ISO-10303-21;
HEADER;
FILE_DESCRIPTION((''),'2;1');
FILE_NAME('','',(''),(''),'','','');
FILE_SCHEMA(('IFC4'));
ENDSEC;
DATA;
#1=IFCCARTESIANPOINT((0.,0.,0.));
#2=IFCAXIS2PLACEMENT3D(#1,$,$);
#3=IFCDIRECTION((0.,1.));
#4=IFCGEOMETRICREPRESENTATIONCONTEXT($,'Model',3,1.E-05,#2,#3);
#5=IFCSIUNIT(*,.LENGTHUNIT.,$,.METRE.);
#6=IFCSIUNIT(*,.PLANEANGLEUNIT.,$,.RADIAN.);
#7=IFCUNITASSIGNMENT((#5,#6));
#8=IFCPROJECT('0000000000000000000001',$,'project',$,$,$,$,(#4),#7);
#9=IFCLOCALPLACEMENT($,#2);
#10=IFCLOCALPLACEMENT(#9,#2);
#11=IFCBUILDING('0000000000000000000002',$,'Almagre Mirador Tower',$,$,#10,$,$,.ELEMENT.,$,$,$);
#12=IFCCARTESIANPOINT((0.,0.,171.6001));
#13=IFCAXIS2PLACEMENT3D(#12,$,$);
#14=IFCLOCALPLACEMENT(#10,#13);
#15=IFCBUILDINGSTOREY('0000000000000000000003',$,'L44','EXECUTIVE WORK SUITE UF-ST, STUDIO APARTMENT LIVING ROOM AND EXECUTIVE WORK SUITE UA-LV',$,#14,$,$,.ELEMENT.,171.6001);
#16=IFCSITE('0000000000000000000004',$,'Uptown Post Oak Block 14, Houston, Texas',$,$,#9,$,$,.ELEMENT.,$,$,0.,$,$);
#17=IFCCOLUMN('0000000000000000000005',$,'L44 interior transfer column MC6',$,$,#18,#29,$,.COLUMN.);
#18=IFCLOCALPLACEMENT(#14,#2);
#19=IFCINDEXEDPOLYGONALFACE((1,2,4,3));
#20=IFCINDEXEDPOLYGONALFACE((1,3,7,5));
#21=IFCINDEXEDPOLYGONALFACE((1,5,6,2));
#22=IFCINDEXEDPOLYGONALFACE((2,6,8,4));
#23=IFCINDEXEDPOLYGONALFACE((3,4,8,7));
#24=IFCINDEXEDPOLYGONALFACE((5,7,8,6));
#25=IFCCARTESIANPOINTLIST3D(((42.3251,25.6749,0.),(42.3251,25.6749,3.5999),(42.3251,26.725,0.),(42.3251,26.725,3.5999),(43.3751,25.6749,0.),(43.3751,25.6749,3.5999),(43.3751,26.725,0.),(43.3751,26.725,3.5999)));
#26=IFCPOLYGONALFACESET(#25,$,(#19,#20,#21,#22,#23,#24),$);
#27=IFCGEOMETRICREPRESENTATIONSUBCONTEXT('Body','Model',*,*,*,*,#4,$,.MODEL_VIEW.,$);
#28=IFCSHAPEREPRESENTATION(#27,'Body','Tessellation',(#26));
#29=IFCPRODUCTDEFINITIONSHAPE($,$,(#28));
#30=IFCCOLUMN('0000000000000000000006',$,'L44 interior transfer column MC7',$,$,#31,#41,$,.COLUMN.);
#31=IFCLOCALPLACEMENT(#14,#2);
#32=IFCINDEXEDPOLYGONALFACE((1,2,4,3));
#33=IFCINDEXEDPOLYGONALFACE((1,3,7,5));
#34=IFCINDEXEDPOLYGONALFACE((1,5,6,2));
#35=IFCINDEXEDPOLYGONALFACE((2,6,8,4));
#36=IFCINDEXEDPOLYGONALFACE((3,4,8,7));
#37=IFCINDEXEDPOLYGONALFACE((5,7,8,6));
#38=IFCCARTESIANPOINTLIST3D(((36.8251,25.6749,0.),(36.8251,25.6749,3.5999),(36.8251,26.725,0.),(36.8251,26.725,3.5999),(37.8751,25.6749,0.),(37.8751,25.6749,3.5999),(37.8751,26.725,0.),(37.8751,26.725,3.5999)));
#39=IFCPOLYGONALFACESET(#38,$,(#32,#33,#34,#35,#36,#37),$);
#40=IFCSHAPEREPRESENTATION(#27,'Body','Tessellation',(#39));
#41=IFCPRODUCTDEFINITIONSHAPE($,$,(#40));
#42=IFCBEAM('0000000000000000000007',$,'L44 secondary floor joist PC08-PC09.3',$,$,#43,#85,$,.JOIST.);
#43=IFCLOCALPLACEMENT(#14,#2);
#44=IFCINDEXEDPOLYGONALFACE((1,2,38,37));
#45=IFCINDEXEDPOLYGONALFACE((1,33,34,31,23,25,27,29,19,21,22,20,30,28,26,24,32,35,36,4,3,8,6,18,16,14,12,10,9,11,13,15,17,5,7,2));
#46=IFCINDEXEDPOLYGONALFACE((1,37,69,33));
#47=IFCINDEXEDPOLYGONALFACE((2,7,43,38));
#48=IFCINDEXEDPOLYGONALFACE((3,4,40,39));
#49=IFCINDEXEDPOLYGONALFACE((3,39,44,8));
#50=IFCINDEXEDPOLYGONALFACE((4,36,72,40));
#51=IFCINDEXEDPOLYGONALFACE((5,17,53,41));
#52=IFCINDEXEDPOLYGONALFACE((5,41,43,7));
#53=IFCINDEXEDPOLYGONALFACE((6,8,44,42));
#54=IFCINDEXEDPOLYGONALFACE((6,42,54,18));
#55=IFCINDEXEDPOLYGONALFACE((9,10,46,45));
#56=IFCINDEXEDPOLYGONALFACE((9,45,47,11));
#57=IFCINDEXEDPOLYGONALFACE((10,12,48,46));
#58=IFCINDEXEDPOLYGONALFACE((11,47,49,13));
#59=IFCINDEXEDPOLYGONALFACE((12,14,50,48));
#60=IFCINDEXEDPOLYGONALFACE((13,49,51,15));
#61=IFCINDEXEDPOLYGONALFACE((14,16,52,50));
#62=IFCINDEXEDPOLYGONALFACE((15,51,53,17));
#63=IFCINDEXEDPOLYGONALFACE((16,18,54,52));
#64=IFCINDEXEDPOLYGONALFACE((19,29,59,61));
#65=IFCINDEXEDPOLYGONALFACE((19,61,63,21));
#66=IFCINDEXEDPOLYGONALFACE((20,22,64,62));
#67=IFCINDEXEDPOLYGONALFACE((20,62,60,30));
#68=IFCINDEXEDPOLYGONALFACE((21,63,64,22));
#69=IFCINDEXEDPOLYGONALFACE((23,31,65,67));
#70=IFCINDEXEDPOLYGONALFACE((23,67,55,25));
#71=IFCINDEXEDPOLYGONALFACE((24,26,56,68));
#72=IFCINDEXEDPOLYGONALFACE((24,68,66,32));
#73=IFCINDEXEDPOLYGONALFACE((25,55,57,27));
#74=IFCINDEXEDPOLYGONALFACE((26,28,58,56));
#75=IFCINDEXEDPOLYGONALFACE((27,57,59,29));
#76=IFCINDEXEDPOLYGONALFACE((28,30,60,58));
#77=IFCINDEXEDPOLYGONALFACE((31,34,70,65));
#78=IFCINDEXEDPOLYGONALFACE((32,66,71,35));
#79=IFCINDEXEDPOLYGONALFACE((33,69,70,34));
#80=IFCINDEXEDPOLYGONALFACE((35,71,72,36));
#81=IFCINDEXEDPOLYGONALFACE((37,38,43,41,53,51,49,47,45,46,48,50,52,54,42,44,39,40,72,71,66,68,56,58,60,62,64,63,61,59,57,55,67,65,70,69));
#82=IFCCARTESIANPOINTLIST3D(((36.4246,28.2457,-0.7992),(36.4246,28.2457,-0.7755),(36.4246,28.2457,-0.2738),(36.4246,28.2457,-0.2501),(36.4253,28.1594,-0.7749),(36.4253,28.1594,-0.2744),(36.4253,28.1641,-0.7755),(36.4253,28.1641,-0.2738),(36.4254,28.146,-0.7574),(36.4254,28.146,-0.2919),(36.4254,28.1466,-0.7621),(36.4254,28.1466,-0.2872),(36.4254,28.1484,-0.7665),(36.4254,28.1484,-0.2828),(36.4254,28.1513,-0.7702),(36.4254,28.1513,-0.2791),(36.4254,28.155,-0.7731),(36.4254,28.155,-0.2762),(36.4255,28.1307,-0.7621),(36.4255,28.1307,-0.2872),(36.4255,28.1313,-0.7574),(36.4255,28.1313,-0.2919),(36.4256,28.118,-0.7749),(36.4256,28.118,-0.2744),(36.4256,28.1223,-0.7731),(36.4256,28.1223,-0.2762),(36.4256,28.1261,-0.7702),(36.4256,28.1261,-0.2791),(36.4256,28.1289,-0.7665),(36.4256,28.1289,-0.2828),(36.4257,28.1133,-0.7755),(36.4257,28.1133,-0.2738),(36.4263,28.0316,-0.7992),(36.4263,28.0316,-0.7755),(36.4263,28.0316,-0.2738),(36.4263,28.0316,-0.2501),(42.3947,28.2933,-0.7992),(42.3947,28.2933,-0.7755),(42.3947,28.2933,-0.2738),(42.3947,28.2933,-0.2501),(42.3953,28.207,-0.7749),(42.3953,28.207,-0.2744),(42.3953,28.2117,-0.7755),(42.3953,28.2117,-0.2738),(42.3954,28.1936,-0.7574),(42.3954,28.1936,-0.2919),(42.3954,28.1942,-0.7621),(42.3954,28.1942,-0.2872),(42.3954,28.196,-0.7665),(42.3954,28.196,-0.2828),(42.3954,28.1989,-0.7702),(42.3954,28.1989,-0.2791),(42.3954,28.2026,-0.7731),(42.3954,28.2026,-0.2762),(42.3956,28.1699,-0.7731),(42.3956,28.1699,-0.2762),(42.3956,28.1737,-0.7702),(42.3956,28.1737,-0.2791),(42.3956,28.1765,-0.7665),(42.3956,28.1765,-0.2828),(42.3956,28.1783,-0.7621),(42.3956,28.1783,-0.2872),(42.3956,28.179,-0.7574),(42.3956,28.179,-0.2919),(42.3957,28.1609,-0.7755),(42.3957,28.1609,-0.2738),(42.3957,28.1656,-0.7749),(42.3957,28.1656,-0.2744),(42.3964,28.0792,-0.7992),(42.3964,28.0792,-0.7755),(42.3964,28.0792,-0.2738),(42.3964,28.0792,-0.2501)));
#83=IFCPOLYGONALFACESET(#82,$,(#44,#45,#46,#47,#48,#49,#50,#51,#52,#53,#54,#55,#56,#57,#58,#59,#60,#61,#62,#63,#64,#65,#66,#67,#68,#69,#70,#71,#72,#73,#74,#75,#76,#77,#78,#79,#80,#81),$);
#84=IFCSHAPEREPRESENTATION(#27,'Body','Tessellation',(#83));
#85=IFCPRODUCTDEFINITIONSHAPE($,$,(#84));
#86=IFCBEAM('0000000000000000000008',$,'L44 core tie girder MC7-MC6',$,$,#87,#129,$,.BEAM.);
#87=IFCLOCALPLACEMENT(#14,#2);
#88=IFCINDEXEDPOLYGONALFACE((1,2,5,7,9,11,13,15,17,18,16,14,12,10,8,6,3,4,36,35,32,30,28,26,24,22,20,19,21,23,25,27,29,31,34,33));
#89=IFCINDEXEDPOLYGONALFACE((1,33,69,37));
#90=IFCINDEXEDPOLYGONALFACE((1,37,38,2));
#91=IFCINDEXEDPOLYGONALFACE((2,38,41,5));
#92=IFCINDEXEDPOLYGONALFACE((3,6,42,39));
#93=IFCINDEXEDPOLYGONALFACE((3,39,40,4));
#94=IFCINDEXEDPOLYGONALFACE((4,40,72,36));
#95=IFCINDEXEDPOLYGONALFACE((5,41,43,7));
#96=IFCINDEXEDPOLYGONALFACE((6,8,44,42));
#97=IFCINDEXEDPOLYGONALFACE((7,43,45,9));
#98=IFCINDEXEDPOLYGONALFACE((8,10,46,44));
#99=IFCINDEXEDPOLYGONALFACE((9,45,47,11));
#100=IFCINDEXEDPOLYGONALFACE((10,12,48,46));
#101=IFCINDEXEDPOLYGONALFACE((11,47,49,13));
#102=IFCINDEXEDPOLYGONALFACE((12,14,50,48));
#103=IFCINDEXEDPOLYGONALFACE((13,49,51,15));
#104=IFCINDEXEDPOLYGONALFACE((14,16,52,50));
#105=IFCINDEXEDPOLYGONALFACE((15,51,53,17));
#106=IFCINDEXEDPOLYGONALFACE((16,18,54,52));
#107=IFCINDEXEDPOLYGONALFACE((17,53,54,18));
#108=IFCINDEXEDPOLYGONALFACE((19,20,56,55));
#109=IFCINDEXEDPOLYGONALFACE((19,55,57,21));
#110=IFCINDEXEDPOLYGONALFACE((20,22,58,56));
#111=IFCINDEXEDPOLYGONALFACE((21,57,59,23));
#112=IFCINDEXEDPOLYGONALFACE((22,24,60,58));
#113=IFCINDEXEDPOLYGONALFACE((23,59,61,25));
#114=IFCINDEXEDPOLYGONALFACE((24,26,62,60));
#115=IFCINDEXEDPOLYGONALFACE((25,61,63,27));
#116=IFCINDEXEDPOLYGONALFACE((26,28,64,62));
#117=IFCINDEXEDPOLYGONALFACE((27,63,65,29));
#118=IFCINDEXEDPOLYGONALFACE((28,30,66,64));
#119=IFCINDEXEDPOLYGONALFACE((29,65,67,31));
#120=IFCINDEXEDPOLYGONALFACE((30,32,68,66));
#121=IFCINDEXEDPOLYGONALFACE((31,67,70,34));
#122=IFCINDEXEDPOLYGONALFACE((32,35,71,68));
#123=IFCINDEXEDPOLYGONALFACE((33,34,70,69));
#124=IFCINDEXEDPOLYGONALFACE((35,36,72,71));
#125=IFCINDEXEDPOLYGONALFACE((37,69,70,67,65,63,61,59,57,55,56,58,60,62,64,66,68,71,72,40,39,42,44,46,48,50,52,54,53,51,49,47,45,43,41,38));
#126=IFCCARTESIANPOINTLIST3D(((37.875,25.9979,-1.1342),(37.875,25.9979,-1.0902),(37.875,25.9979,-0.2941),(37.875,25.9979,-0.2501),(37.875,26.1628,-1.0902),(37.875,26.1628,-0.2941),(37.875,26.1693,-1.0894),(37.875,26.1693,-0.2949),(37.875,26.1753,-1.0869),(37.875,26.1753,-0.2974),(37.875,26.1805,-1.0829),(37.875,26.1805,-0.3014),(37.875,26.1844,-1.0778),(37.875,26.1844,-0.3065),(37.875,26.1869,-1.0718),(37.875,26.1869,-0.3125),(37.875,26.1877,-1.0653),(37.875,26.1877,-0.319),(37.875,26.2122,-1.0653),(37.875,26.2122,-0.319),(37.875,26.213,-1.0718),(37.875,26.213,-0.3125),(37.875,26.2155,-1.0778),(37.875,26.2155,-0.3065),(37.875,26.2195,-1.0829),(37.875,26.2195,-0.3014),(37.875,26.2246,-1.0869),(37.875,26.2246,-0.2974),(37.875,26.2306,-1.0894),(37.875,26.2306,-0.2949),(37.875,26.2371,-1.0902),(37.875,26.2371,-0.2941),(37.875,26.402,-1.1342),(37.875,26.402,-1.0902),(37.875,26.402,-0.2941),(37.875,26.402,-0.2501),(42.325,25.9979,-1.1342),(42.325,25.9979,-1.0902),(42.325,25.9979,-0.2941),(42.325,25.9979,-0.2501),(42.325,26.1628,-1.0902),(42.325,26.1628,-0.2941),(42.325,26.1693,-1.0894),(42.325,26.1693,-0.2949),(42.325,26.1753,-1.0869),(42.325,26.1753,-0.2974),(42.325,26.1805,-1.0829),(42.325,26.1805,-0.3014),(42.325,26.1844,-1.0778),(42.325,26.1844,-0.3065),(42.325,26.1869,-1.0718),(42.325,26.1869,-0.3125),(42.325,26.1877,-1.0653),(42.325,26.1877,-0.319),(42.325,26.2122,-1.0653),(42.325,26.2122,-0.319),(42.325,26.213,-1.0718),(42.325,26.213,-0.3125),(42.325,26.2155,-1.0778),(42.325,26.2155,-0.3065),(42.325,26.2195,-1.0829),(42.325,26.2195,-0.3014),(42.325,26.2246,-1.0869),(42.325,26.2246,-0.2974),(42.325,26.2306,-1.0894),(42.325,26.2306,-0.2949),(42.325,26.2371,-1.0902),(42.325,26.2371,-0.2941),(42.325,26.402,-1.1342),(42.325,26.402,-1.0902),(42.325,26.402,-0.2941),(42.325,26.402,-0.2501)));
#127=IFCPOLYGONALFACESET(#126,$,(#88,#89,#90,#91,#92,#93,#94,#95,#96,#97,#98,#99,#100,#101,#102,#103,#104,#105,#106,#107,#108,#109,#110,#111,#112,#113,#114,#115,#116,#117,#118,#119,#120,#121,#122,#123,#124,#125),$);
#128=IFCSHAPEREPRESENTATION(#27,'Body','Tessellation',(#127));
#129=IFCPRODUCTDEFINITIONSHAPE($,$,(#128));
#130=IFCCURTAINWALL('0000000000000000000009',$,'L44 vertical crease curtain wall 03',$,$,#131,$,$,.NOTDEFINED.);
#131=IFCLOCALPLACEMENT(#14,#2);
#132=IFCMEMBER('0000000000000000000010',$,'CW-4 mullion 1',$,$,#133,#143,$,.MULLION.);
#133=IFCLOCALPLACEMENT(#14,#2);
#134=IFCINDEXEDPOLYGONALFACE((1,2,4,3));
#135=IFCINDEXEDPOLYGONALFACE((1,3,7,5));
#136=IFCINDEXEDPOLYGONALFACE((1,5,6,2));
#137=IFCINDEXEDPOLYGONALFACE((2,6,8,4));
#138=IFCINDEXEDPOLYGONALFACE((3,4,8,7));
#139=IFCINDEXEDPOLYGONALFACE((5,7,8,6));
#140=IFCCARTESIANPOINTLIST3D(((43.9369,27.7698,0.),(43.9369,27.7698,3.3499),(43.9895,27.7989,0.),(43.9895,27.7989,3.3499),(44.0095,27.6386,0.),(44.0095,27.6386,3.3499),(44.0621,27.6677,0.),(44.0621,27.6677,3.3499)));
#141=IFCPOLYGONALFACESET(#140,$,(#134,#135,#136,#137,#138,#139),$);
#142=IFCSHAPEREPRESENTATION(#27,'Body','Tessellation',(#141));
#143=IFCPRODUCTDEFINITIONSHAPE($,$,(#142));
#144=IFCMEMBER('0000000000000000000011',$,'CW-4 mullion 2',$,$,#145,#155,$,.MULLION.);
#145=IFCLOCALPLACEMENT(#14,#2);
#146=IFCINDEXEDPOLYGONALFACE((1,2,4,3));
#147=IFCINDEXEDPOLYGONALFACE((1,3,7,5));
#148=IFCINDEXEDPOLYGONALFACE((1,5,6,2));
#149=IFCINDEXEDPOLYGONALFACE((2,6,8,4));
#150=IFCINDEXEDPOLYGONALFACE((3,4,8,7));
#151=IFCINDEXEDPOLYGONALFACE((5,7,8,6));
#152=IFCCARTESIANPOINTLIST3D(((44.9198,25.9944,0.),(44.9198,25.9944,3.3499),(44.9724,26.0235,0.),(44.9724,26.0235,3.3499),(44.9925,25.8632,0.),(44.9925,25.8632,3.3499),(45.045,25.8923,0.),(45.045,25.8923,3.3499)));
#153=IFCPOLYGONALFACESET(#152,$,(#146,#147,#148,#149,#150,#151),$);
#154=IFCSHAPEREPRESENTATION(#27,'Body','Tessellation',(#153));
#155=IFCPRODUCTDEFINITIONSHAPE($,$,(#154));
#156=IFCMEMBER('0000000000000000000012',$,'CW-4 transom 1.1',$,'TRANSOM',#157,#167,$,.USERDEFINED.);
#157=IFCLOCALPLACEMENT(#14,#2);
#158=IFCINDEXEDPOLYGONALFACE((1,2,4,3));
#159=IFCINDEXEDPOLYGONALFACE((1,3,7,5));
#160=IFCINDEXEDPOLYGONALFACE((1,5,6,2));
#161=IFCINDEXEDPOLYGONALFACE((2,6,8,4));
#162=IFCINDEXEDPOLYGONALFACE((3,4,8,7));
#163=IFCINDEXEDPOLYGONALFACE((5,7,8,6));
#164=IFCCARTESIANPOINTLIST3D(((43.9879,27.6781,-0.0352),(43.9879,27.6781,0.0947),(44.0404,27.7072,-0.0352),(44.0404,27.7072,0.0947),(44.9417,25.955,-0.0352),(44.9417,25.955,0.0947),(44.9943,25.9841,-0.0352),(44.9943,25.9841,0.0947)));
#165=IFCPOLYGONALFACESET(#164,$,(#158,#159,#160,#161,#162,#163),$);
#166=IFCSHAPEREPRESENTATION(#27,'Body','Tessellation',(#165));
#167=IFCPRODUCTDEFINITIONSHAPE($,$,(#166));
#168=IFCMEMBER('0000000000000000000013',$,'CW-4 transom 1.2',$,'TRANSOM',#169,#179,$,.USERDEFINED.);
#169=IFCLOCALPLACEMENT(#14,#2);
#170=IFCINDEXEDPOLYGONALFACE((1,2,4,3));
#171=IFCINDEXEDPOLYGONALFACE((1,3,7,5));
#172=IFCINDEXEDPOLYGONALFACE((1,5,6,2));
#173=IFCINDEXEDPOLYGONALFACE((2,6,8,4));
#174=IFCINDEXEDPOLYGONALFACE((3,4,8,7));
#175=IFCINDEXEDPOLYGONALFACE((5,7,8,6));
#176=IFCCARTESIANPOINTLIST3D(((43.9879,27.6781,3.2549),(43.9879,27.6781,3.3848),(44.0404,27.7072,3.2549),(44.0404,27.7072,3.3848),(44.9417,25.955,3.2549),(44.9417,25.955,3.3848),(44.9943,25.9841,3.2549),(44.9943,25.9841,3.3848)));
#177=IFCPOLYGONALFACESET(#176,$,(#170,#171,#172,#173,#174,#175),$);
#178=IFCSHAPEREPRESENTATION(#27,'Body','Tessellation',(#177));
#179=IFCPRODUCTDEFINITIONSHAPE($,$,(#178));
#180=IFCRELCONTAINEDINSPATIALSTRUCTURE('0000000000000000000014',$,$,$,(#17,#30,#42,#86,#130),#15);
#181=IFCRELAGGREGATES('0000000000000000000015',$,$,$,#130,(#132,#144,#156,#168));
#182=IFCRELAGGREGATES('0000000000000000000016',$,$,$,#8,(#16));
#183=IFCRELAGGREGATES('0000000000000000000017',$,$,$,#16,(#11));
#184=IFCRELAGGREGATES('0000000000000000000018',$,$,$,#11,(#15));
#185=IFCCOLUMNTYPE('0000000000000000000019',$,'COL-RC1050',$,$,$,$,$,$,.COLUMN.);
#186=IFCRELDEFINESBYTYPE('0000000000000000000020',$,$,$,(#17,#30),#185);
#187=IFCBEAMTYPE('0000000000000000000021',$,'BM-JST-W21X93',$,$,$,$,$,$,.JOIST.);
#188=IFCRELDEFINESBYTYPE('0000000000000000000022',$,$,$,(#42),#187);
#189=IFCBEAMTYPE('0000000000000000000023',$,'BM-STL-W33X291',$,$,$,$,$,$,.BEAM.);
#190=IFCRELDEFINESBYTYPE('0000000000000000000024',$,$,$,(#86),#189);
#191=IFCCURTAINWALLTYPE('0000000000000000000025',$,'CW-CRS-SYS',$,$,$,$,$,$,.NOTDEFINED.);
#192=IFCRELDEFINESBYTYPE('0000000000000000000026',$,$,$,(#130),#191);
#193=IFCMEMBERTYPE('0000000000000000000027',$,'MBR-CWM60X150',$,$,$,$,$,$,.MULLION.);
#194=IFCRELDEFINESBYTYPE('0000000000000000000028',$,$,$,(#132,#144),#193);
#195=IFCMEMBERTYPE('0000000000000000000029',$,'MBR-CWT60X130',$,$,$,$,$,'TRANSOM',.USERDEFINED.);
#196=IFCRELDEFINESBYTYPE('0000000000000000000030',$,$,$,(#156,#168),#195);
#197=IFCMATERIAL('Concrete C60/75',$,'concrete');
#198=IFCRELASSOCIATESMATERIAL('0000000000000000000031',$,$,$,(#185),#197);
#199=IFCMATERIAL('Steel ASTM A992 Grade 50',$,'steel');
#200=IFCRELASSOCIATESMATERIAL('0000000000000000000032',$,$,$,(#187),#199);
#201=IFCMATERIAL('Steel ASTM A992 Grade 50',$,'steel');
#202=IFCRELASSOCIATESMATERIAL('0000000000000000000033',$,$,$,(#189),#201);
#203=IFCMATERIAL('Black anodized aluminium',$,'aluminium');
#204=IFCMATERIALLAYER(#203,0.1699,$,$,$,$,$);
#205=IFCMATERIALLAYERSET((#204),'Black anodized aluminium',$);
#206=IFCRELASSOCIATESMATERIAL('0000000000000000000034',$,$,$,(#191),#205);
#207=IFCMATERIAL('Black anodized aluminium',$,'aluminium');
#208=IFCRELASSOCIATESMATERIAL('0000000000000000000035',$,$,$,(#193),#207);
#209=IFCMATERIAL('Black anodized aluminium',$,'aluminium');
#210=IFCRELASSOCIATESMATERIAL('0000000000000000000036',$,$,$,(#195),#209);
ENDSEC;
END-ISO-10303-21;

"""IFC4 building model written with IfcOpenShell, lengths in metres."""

from ifc_helpers import new_model, si_unit, direction, frame, origin, origin_2d, place, context, subcontext, project, spatial, rectangle, i_section, extrude, material, layer, layer_set, material_profile, profile_set, type_object, element, aggregate, save


model = new_model("IFC4")

# Units and contexts
model_context = context("Model", 3, precision=1e-05, world=origin(), true_north=direction((0.0, 1.0)))
body_context = subcontext(model_context, "Body", "Model", "MODEL_VIEW")
ifc_project = project(units=[si_unit("LENGTHUNIT", "METRE"), si_unit("PLANEANGLEUNIT", "RADIAN")], contexts=[model_context])

# Site, building, storey
site_placement = place(None, origin())
site = spatial("IfcSite", under=ifc_project, at=site_placement, Name="Uptown Post Oak Block 14, Houston, Texas", CompositionType="ELEMENT", RefElevation=0.0)
building_placement = place(site_placement, origin())
building = spatial("IfcBuilding", under=site, at=building_placement, Name="Almagre Mirador Tower", CompositionType="ELEMENT")
storey_placement = place(building_placement, frame((0.0, 0.0, 171.6001)))
storey = spatial("IfcBuildingStorey", under=building, at=storey_placement, Name="L44", Description="EXECUTIVE WORK SUITE UF-ST, STUDIO APARTMENT LIVING ROOM AND EXECUTIVE WORK SUITE UA-LV", CompositionType="ELEMENT", Elevation=171.6001)

# Columns
ifc_material_1 = material(Name="Concrete C60/75", Category="concrete")
ifc_material_profile_1 = material_profile(ifc_material_1, rectangle(XDim=1.05, YDim=1.05, at=origin_2d()), Name="RC1050X1050")
ifc_profile_set_1 = profile_set([ifc_material_profile_1], Name="Concrete C60/75")
column_type = type_object("IfcColumnType", Name="COL-RC1050", PredefinedType="COLUMN", material=ifc_profile_set_1)
for number, where, z_axis, x_axis, name in (
    (1, (42.8501, 26.2, 0.0), (0.0, 0.0, 1.0), (1.0, 0.0, 0.0), "L44 interior transfer column MC6"),
    (2, (37.3501, 26.2, 0.0), (0.0, 0.0, 1.0), (1.0, 0.0, 0.0), "L44 interior transfer column MC7"),
):
    element("IfcColumn", number, at=place(storey_placement, frame(where, z_axis=z_axis, x_axis=x_axis)), inside=storey, type_object=column_type, Name=name, PredefinedType="COLUMN", context=body_context, shape_type="SweptSolid", body=[
        extrude(rectangle(XDim=1.05, YDim=1.05, at=origin_2d()), origin(), (0.0, 0.0, 1.0), 3.5999),
    ])

# Beams
ifc_material_2 = material(Name="Steel ASTM A992 Grade 50", Category="steel")
ifc_material_profile_2 = material_profile(ifc_material_2, i_section(OverallWidth=0.2141, OverallDepth=0.5491, WebThickness=0.0146, FlangeThickness=0.0237, FilletRadius=0.0181, at=origin_2d()), Name="W21X93")
ifc_profile_set_2 = profile_set([ifc_material_profile_2], Name="Steel ASTM A992 Grade 50")
beam_type_1 = type_object("IfcBeamType", Name="BM-JST-W21X93", PredefinedType="JOIST", material=ifc_profile_set_2)
beam_1_placement = place(storey_placement, frame((42.3955, 28.1863, -0.5247), z_axis=(-0.999968, -0.007974, 0.0), x_axis=(0.007974, -0.999968, 0.0)))
element("IfcBeam", 3, at=beam_1_placement, inside=storey, type_object=beam_type_1, Name="L44 secondary floor joist PC08-PC09.3", PredefinedType="JOIST", context=body_context, shape_type="SweptSolid", body=[
    extrude(i_section(OverallWidth=0.2141, OverallDepth=0.5491, WebThickness=0.0146, FlangeThickness=0.0237, FilletRadius=0.0181, at=origin_2d()), origin(), (0.0, 0.0, 1.0), 5.9702),
])
ifc_material_3 = material(Name="Steel ASTM A992 Grade 50", Category="steel")
ifc_material_profile_3 = material_profile(ifc_material_3, i_section(OverallWidth=0.4041, OverallDepth=0.884, WebThickness=0.0244, FlangeThickness=0.0439, FilletRadius=0.0249, at=origin_2d()), Name="W33X291")
ifc_profile_set_3 = profile_set([ifc_material_profile_3], Name="Steel ASTM A992 Grade 50")
beam_type_2 = type_object("IfcBeamType", Name="BM-STL-W33X291", PredefinedType="BEAM", material=ifc_profile_set_3)
beam_2_placement = place(storey_placement, frame((37.875, 26.2, -0.6921), z_axis=(1.0, 0.0, 0.0), x_axis=(0.0, 1.0, 0.0)))
element("IfcBeam", 4, at=beam_2_placement, inside=storey, type_object=beam_type_2, Name="L44 core tie girder MC7-MC6", PredefinedType="BEAM", context=body_context, shape_type="SweptSolid", body=[
    extrude(i_section(OverallWidth=0.4041, OverallDepth=0.884, WebThickness=0.0244, FlangeThickness=0.0439, FilletRadius=0.0249, at=origin_2d()), origin(), (0.0, 0.0, 1.0), 4.45),
])

# Curtain wall, members
ifc_material_4 = material(Name="Black anodized aluminium", Category="aluminium")
ifc_layer_1 = layer(ifc_material_4, 0.1699)
ifc_layer_set_1 = layer_set([ifc_layer_1], Name="Black anodized aluminium")
curtain_wall_type = type_object("IfcCurtainWallType", Name="CW-CRS-SYS", PredefinedType="NOTDEFINED", material=ifc_layer_set_1)
curtain_wall_placement = place(storey_placement, origin())
curtain_wall = element("IfcCurtainWall", 5, at=curtain_wall_placement, inside=storey, type_object=curtain_wall_type, Name="L44 vertical crease curtain wall 03", PredefinedType="NOTDEFINED")
ifc_material_5 = material(Name="Black anodized aluminium", Category="aluminium")
ifc_material_profile_4 = material_profile(ifc_material_5, rectangle(XDim=0.0601, YDim=0.1499, at=origin_2d()), Name="CWM60X150")
ifc_profile_set_4 = profile_set([ifc_material_profile_4], Name="Black anodized aluminium")
member_type_1 = type_object("IfcMemberType", Name="MBR-CWM60X150", PredefinedType="MULLION", material=ifc_profile_set_4)
member_1_placement = place(storey_placement, frame((43.9995, 27.7188, 0.0), z_axis=(0.0, 0.0, 1.0), x_axis=(0.874879, 0.484342, 0.0)))
member_1 = element("IfcMember", 6, at=member_1_placement, type_object=member_type_1, Name="CW-4 mullion 1", PredefinedType="MULLION", context=body_context, shape_type="SweptSolid", body=[
    extrude(rectangle(XDim=0.0601, YDim=0.1499, at=origin_2d()), origin(), (0.0, 0.0, 1.0), 3.3499),
])
member_2_placement = place(storey_placement, frame((44.9824, 25.9434, 0.0), z_axis=(0.0, 0.0, 1.0), x_axis=(0.874879, 0.484342, 0.0)))
member_2 = element("IfcMember", 7, at=member_2_placement, type_object=member_type_1, Name="CW-4 mullion 2", PredefinedType="MULLION", context=body_context, shape_type="SweptSolid", body=[
    extrude(rectangle(XDim=0.0601, YDim=0.1499, at=origin_2d()), origin(), (0.0, 0.0, 1.0), 3.3499),
])
ifc_material_6 = material(Name="Black anodized aluminium", Category="aluminium")
ifc_material_profile_5 = material_profile(ifc_material_6, rectangle(XDim=0.0601, YDim=0.1299, at=origin_2d()), Name="CWT60X130")
ifc_profile_set_5 = profile_set([ifc_material_profile_5], Name="Black anodized aluminium")
member_type_2 = type_object("IfcMemberType", Name="MBR-CWT60X130", ElementType="TRANSOM", PredefinedType="USERDEFINED", material=ifc_profile_set_5)
member_3_placement = place(storey_placement, frame((44.0142, 27.6926, 0.0298), z_axis=(0.484306, -0.874899, 0.0), x_axis=(0.874899, 0.484306, 0.0)))
member_3 = element("IfcMember", 8, at=member_3_placement, type_object=member_type_2, Name="CW-4 transom 1.1", ObjectType="TRANSOM", PredefinedType="USERDEFINED", context=body_context, shape_type="SweptSolid", body=[
    extrude(rectangle(XDim=0.0601, YDim=0.1299, at=origin_2d()), origin(), (0.0, 0.0, 1.0), 1.9695),
])
member_4_placement = place(storey_placement, frame((44.0142, 27.6926, 3.3198), z_axis=(0.484306, -0.874899, 0.0), x_axis=(0.874899, 0.484306, 0.0)))
member_4 = element("IfcMember", 9, at=member_4_placement, type_object=member_type_2, Name="CW-4 transom 1.2", ObjectType="TRANSOM", PredefinedType="USERDEFINED", context=body_context, shape_type="SweptSolid", body=[
    extrude(rectangle(XDim=0.0601, YDim=0.1299, at=origin_2d()), origin(), (0.0, 0.0, 1.0), 1.9695),
])
aggregate(curtain_wall, [member_1, member_2, member_3, member_4])

save(model, "model.ifc")
